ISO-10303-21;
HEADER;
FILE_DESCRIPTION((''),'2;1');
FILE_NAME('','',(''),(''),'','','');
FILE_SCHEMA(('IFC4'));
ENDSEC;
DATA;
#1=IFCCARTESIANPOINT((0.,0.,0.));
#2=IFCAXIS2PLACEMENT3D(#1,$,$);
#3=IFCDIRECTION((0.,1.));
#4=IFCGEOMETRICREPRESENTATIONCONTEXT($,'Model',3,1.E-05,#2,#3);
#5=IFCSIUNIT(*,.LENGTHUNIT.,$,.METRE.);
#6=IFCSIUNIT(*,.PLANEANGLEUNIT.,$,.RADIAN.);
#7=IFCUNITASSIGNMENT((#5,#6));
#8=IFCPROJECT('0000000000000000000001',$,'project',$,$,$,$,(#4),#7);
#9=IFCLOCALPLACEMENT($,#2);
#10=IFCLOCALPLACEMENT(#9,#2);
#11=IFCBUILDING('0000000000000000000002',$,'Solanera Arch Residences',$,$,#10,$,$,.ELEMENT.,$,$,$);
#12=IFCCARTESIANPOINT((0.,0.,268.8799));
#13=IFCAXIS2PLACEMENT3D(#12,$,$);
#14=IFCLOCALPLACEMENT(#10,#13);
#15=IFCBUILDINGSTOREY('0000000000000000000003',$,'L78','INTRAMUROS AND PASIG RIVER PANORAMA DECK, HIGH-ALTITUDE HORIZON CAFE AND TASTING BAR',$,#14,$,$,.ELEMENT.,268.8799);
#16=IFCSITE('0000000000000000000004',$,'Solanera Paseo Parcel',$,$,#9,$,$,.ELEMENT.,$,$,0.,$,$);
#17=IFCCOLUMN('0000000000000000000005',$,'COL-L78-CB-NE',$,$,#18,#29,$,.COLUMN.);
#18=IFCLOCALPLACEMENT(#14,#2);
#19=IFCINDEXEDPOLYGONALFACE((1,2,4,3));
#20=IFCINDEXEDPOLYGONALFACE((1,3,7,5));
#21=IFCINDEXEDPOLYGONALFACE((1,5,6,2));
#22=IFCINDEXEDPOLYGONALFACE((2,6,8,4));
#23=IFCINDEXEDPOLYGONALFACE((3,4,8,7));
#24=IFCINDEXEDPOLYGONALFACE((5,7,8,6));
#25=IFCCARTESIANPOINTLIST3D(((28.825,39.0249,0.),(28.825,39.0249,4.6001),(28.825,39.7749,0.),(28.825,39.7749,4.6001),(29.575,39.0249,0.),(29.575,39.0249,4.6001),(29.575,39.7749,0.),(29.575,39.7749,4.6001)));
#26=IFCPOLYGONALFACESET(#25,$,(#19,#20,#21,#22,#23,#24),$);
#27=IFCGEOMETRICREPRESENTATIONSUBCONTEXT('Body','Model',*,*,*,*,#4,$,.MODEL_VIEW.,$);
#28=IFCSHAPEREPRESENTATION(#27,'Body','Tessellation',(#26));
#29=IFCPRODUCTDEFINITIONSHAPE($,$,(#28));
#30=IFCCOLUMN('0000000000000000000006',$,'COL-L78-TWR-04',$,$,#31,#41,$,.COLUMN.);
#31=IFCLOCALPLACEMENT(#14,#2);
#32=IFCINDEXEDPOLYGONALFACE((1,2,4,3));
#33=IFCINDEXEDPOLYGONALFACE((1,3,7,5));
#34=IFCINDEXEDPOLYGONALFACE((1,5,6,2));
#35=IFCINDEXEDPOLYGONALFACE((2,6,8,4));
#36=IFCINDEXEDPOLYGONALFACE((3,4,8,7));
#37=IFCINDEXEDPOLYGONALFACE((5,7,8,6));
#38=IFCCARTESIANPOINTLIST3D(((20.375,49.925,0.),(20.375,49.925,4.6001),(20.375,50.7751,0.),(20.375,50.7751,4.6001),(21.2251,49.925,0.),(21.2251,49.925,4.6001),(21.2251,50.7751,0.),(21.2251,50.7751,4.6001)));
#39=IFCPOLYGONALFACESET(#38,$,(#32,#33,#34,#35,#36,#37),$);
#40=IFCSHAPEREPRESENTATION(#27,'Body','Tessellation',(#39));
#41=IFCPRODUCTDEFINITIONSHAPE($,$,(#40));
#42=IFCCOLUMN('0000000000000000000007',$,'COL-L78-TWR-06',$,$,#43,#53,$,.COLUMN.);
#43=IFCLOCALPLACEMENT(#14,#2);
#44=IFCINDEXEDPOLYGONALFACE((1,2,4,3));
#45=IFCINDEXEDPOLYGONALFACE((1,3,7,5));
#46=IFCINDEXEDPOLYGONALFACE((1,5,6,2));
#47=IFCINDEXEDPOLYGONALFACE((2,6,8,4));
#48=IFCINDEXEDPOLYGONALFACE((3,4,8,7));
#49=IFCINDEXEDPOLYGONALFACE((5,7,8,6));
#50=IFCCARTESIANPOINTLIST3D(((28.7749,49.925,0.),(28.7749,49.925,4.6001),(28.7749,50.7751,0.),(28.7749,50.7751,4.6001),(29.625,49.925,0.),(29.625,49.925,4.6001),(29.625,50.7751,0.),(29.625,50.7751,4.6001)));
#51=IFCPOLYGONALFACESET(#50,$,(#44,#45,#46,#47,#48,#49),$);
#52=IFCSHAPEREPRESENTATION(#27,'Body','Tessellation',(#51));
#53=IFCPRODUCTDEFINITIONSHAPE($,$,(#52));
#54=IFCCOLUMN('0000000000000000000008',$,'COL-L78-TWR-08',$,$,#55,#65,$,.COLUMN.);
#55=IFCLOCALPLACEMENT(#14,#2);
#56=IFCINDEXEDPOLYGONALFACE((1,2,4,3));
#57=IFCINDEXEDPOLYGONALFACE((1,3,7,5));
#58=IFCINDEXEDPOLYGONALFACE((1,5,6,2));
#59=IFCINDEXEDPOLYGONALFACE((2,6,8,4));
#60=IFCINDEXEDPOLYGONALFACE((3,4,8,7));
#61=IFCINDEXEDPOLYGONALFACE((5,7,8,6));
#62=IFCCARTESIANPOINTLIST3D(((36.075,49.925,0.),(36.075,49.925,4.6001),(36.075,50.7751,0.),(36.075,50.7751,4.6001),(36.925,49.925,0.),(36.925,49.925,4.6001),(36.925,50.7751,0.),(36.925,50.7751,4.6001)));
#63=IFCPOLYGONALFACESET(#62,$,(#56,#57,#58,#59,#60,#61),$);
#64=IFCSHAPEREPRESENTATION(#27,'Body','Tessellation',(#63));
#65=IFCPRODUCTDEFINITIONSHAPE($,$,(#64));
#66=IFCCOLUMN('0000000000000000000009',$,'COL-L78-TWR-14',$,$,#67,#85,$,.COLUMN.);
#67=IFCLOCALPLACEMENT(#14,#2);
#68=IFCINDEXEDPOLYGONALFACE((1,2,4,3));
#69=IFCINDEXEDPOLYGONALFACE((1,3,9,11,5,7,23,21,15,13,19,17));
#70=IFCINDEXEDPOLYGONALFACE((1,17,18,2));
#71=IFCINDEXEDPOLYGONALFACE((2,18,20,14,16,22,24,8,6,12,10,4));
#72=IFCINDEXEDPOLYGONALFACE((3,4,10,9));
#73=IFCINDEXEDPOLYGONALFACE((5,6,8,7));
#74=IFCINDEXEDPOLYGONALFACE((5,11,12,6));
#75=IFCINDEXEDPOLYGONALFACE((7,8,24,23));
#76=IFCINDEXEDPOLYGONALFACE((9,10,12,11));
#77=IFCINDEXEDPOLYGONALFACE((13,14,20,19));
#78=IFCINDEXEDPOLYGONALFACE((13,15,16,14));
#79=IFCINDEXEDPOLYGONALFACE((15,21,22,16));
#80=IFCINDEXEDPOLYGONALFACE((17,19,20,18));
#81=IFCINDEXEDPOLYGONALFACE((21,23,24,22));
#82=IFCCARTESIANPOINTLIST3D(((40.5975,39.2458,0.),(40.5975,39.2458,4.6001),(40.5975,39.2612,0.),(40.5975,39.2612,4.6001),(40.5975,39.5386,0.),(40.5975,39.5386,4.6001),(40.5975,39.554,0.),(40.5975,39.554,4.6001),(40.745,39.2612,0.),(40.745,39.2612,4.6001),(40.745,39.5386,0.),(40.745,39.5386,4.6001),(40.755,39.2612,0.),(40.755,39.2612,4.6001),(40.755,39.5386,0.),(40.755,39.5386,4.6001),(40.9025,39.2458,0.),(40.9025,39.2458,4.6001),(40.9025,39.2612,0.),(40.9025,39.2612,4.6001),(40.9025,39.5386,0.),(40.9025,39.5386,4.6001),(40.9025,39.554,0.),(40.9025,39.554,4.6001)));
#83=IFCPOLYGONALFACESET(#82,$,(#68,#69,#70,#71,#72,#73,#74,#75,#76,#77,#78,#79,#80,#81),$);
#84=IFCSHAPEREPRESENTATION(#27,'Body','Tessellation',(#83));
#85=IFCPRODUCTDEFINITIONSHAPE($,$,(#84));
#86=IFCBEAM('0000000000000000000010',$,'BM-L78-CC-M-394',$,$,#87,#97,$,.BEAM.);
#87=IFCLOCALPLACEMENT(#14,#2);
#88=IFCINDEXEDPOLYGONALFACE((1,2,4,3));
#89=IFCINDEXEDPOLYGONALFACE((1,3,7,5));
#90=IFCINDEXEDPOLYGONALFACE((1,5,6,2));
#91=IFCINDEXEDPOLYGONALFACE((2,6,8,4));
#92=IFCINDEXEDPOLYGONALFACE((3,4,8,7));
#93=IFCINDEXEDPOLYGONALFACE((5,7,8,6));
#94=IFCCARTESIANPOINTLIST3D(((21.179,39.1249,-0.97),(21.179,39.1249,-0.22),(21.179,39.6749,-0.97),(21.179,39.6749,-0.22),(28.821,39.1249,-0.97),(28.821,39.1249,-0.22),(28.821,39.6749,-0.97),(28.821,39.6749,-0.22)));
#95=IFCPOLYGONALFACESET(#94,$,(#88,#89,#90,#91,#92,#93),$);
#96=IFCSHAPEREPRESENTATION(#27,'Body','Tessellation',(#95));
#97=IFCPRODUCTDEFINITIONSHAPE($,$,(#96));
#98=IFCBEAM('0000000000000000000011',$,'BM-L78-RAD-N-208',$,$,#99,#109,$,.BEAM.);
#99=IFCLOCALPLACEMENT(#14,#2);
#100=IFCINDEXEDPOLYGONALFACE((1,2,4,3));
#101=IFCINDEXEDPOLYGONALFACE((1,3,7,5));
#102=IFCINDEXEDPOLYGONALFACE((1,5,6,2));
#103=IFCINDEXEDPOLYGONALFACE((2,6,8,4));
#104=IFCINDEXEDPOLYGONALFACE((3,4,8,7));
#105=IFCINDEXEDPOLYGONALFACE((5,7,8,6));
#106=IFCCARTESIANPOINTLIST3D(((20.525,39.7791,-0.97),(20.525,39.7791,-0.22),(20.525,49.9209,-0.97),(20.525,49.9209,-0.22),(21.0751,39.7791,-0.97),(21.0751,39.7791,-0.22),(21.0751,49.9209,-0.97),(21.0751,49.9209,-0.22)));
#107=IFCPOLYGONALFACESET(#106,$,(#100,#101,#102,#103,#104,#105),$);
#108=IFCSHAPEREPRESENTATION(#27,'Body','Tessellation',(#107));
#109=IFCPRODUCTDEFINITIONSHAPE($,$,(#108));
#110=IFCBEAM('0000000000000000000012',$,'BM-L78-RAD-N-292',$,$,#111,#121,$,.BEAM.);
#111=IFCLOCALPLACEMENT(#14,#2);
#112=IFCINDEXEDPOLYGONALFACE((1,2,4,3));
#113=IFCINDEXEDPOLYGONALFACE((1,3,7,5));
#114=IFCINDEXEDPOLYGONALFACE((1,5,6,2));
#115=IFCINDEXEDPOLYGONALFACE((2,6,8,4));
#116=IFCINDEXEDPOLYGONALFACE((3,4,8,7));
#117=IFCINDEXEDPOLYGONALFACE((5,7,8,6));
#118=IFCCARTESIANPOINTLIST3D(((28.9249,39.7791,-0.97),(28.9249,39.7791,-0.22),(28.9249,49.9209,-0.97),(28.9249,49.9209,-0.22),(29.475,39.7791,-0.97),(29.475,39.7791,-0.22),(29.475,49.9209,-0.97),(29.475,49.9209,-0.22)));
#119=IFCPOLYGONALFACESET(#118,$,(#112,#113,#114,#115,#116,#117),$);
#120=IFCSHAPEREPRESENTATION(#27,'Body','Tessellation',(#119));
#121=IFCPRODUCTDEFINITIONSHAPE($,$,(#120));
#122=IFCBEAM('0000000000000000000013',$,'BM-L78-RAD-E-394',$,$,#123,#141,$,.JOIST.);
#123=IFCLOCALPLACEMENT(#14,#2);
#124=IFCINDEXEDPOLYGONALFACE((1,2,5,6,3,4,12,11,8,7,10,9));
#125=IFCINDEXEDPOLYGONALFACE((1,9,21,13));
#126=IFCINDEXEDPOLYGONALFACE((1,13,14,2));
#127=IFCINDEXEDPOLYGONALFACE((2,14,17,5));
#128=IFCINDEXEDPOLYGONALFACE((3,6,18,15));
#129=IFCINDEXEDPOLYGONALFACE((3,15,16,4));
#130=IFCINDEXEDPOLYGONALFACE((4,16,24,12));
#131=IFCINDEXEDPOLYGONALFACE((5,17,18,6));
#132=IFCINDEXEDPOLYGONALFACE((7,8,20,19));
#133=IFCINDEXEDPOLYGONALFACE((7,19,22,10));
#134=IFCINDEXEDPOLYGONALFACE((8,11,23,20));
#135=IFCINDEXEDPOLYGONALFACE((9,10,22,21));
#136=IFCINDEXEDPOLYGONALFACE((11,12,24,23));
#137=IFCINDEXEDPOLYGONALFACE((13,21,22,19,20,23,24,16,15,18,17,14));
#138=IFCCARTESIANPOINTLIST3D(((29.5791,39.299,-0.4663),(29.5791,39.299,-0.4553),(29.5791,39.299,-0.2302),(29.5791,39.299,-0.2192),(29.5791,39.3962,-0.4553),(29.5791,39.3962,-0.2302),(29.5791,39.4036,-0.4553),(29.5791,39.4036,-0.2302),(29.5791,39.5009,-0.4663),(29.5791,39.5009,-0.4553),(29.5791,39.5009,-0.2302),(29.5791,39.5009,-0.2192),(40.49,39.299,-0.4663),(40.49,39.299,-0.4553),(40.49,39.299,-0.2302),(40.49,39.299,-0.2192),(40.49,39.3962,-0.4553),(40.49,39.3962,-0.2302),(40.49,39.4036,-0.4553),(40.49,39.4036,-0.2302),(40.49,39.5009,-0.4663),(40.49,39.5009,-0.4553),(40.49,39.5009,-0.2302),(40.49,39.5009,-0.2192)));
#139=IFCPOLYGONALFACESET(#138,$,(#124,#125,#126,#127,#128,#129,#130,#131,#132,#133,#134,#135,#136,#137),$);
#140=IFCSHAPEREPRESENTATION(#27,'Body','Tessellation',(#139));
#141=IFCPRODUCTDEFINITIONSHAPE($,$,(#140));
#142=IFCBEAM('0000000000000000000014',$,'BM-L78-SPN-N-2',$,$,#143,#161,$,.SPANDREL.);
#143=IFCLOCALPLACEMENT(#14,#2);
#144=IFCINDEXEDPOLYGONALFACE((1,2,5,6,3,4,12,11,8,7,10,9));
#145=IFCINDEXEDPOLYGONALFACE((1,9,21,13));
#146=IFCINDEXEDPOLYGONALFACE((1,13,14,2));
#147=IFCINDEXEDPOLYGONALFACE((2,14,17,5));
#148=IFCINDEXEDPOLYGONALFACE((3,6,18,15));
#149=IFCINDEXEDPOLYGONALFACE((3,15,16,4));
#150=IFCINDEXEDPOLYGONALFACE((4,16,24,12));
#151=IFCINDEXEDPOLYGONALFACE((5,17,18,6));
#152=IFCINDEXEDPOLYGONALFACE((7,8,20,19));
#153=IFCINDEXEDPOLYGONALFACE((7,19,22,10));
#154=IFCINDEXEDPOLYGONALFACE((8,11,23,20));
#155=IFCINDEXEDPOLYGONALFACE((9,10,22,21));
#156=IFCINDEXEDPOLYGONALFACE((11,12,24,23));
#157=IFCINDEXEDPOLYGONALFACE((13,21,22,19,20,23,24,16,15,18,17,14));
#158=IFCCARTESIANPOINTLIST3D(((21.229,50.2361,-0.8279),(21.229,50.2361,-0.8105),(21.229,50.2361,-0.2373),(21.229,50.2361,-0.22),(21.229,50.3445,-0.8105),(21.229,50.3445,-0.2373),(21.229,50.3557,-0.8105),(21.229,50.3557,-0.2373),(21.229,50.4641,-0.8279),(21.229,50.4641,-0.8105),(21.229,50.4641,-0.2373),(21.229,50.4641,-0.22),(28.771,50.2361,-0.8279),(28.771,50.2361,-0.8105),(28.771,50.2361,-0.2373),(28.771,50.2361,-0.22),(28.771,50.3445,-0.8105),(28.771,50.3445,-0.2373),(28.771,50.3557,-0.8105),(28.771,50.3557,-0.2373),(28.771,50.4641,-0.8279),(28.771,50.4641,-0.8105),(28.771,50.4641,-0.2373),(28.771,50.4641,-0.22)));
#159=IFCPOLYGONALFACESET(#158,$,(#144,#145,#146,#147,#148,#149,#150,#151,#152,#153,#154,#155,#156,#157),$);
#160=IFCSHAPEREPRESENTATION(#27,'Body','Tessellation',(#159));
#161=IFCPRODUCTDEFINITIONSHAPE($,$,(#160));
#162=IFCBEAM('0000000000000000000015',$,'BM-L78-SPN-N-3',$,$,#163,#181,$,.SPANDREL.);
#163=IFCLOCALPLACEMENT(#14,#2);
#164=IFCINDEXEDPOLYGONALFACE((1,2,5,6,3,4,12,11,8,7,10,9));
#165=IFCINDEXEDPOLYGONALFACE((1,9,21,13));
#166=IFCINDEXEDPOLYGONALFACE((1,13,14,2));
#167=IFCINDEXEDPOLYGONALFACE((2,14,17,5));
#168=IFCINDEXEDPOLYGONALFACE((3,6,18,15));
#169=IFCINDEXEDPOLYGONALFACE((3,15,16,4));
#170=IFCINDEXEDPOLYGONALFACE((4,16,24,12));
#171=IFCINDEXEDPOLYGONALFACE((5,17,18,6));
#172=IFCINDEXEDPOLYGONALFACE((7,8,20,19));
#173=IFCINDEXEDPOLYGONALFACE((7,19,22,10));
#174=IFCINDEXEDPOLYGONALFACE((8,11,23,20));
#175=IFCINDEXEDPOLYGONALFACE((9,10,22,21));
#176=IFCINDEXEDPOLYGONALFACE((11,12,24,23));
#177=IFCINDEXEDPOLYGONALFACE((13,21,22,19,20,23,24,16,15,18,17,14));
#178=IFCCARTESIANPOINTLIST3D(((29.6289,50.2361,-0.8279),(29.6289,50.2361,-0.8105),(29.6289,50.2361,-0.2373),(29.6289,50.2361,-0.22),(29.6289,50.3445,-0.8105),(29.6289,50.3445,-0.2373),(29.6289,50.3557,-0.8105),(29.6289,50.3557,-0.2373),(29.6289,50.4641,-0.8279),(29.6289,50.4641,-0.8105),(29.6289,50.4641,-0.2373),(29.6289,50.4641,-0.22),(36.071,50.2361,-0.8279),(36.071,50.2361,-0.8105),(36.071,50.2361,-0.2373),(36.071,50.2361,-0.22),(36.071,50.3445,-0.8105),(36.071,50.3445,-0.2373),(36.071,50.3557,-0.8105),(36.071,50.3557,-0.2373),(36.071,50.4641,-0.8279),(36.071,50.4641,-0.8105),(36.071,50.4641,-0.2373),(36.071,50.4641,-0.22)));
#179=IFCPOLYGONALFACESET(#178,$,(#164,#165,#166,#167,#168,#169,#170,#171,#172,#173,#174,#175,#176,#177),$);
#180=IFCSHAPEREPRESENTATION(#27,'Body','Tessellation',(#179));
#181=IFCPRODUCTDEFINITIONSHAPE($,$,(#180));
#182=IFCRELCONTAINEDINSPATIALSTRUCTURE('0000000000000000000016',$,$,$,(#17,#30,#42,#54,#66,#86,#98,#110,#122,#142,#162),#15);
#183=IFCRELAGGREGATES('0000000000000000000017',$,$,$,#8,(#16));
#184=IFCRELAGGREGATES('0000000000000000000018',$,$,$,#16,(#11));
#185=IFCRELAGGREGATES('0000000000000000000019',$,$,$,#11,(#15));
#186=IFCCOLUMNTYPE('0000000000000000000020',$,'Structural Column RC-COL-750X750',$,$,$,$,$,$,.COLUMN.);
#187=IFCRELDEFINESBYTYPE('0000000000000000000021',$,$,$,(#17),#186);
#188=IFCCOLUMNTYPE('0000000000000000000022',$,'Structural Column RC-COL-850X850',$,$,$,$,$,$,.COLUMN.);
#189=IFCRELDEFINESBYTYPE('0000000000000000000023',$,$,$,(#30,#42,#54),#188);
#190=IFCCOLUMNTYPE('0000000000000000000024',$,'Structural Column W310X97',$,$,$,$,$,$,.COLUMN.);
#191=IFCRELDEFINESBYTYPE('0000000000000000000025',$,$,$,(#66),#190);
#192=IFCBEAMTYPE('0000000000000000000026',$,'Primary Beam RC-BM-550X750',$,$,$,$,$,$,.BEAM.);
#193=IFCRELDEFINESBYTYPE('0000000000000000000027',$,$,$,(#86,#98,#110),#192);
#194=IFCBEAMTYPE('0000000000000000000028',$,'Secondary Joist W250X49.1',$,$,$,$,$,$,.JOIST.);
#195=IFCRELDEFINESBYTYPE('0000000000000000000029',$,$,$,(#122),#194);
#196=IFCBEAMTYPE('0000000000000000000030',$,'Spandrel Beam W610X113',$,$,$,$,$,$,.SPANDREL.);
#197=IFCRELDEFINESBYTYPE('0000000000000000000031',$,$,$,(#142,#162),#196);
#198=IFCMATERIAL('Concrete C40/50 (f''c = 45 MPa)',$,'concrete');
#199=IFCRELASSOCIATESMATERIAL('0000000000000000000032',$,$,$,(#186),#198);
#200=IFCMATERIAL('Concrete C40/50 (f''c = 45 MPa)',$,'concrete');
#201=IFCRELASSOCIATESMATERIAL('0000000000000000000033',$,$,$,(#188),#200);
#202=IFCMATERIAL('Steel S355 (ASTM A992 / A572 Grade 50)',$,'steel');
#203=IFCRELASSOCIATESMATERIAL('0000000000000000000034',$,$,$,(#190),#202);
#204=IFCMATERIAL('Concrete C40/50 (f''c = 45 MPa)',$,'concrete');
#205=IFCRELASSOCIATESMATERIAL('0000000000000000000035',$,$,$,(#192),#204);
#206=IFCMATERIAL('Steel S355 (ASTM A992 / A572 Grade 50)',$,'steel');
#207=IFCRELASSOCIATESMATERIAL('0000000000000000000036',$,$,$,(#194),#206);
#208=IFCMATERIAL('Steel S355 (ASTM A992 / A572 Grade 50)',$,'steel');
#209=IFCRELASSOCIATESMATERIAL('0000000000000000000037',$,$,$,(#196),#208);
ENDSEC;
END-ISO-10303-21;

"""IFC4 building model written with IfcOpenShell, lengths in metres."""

from ifc_helpers import new_model, si_unit, direction, frame, origin, origin_2d, place, context, subcontext, project, spatial, rectangle, i_section, extrude, material, material_profile, profile_set, type_object, element, save


model = new_model("IFC4")

# Units and contexts
model_context = context("Model", 3, precision=1e-05, world=origin(), true_north=direction((0.0, 1.0)))
body_context = subcontext(model_context, "Body", "Model", "MODEL_VIEW")
ifc_project = project(units=[si_unit("LENGTHUNIT", "METRE"), si_unit("PLANEANGLEUNIT", "RADIAN")], contexts=[model_context])

# Site, building, storey
site_placement = place(None, origin())
site = spatial("IfcSite", under=ifc_project, at=site_placement, Name="Solanera Paseo Parcel", CompositionType="ELEMENT", RefElevation=0.0)
building_placement = place(site_placement, origin())
building = spatial("IfcBuilding", under=site, at=building_placement, Name="Solanera Arch Residences", CompositionType="ELEMENT")
storey_placement = place(building_placement, frame((0.0, 0.0, 268.8799)))
storey = spatial("IfcBuildingStorey", under=building, at=storey_placement, Name="L78", Description="INTRAMUROS AND PASIG RIVER PANORAMA DECK, HIGH-ALTITUDE HORIZON CAFE AND TASTING BAR", CompositionType="ELEMENT", Elevation=268.8799)

# Columns
ifc_material_1 = material(Name="Concrete C40/50 (f'c = 45 MPa)", Category="concrete")
ifc_material_profile_1 = material_profile(ifc_material_1, rectangle(XDim=0.75, YDim=0.75, at=origin_2d()))
ifc_profile_set_1 = profile_set([ifc_material_profile_1], Name="Concrete C40/50 (f'c = 45 MPa)")
column_type_1 = type_object("IfcColumnType", Name="Structural Column RC-COL-750X750", PredefinedType="COLUMN", material=ifc_profile_set_1)
column_1_placement = place(storey_placement, frame((29.2, 39.3999, 0.0), z_axis=(0.0, 0.0, 1.0), x_axis=(1.0, 0.0, 0.0)))
element("IfcColumn", 1, at=column_1_placement, inside=storey, type_object=column_type_1, Name="COL-L78-CB-NE", PredefinedType="COLUMN", context=body_context, shape_type="SweptSolid", body=[
    extrude(rectangle(XDim=0.75, YDim=0.75, at=origin_2d()), origin(), (0.0, 0.0, 1.0), 4.6001),
])
ifc_material_2 = material(Name="Concrete C40/50 (f'c = 45 MPa)", Category="concrete")
ifc_material_profile_2 = material_profile(ifc_material_2, rectangle(XDim=0.8501, YDim=0.8501, at=origin_2d()))
ifc_profile_set_2 = profile_set([ifc_material_profile_2], Name="Concrete C40/50 (f'c = 45 MPa)")
column_type_2 = type_object("IfcColumnType", Name="Structural Column RC-COL-850X850", PredefinedType="COLUMN", material=ifc_profile_set_2)
for number, where, z_axis, x_axis, name in (
    (2, (20.8, 50.3501, 0.0), (0.0, 0.0, 1.0), (1.0, 0.0, 0.0), "COL-L78-TWR-04"),
    (3, (29.2, 50.3501, 0.0), (0.0, 0.0, 1.0), (1.0, 0.0, 0.0), "COL-L78-TWR-06"),
    (4, (36.5, 50.3501, 0.0), (0.0, 0.0, 1.0), (1.0, 0.0, 0.0), "COL-L78-TWR-08"),
):
    element("IfcColumn", number, at=place(storey_placement, frame(where, z_axis=z_axis, x_axis=x_axis)), inside=storey, type_object=column_type_2, Name=name, PredefinedType="COLUMN", context=body_context, shape_type="SweptSolid", body=[
        extrude(rectangle(XDim=0.8501, YDim=0.8501, at=origin_2d()), origin(), (0.0, 0.0, 1.0), 4.6001),
    ])
ifc_material_3 = material(Name="Steel S355 (ASTM A992 / A572 Grade 50)", Category="steel")
ifc_material_profile_3 = material_profile(ifc_material_3, i_section(OverallWidth=0.3049, OverallDepth=0.3081, WebThickness=0.01, FlangeThickness=0.0154, at=origin_2d()))
ifc_profile_set_3 = profile_set([ifc_material_profile_3], Name="Steel S355 (ASTM A992 / A572 Grade 50)")
column_type_3 = type_object("IfcColumnType", Name="Structural Column W310X97", PredefinedType="COLUMN", material=ifc_profile_set_3)
column_2_placement = place(storey_placement, frame((40.75, 39.3999, 0.0), z_axis=(0.0, 0.0, 1.0), x_axis=(1.0, 0.0, 0.0)))
element("IfcColumn", 5, at=column_2_placement, inside=storey, type_object=column_type_3, Name="COL-L78-TWR-14", PredefinedType="COLUMN", context=body_context, shape_type="SweptSolid", body=[
    extrude(i_section(OverallWidth=0.3049, OverallDepth=0.3081, WebThickness=0.01, FlangeThickness=0.0154, at=origin_2d()), origin(), (0.0, 0.0, 1.0), 4.6001),
])

# Beams
ifc_material_4 = material(Name="Concrete C40/50 (f'c = 45 MPa)", Category="concrete")
ifc_material_profile_4 = material_profile(ifc_material_4, rectangle(XDim=0.55, YDim=0.75, at=origin_2d()))
ifc_profile_set_4 = profile_set([ifc_material_profile_4], Name="Concrete C40/50 (f'c = 45 MPa)")
beam_type_1 = type_object("IfcBeamType", Name="Primary Beam RC-BM-550X750", PredefinedType="BEAM", material=ifc_profile_set_4)
beam_1_placement = place(storey_placement, frame((21.179, 39.3999, -0.595), z_axis=(1.0, 0.0, 0.0), x_axis=(0.0, 1.0, 0.0)))
element("IfcBeam", 6, at=beam_1_placement, inside=storey, type_object=beam_type_1, Name="BM-L78-CC-M-394", PredefinedType="BEAM", context=body_context, shape_type="SweptSolid", body=[
    extrude(rectangle(XDim=0.55, YDim=0.75, at=origin_2d()), origin(), (0.0, 0.0, 1.0), 7.6421),
])
for number, where, z_axis, x_axis, name in (
    (7, (20.8, 39.7791, -0.595), (0.0, 1.0, 0.0), (-1.0, 0.0, 0.0), "BM-L78-RAD-N-208"),
    (8, (29.2, 39.7791, -0.595), (0.0, 1.0, 0.0), (-1.0, 0.0, 0.0), "BM-L78-RAD-N-292"),
):
    element("IfcBeam", number, at=place(storey_placement, frame(where, z_axis=z_axis, x_axis=x_axis)), inside=storey, type_object=beam_type_1, Name=name, PredefinedType="BEAM", context=body_context, shape_type="SweptSolid", body=[
        extrude(rectangle(XDim=0.55, YDim=0.75, at=origin_2d()), origin(), (0.0, 0.0, 1.0), 10.1418),
    ])
ifc_material_5 = material(Name="Steel S355 (ASTM A992 / A572 Grade 50)", Category="steel")
ifc_material_profile_5 = material_profile(ifc_material_5, i_section(OverallWidth=0.2019, OverallDepth=0.2471, WebThickness=0.0073, FlangeThickness=0.011, at=origin_2d()))
ifc_profile_set_5 = profile_set([ifc_material_profile_5], Name="Steel S355 (ASTM A992 / A572 Grade 50)")
beam_type_2 = type_object("IfcBeamType", Name="Secondary Joist W250X49.1", PredefinedType="JOIST", material=ifc_profile_set_5)
beam_2_placement = place(storey_placement, frame((29.5791, 39.3999, -0.3428), z_axis=(1.0, 0.0, 0.0), x_axis=(0.0, 1.0, 0.0)))
element("IfcBeam", 9, at=beam_2_placement, inside=storey, type_object=beam_type_2, Name="BM-L78-RAD-E-394", PredefinedType="JOIST", context=body_context, shape_type="SweptSolid", body=[
    extrude(i_section(OverallWidth=0.2019, OverallDepth=0.2471, WebThickness=0.0073, FlangeThickness=0.011, at=origin_2d()), origin(), (0.0, 0.0, 1.0), 10.9109),
])
ifc_material_6 = material(Name="Steel S355 (ASTM A992 / A572 Grade 50)", Category="steel")
ifc_material_profile_6 = material_profile(ifc_material_6, i_section(OverallWidth=0.228, OverallDepth=0.6079, WebThickness=0.0112, FlangeThickness=0.0173, at=origin_2d()))
ifc_profile_set_6 = profile_set([ifc_material_profile_6], Name="Steel S355 (ASTM A992 / A572 Grade 50)")
beam_type_3 = type_object("IfcBeamType", Name="Spandrel Beam W610X113", PredefinedType="SPANDREL", material=ifc_profile_set_6)
beam_3_placement = place(storey_placement, frame((21.229, 50.3501, -0.5239), z_axis=(1.0, 0.0, 0.0), x_axis=(0.0, 1.0, 0.0)))
element("IfcBeam", 10, at=beam_3_placement, inside=storey, type_object=beam_type_3, Name="BM-L78-SPN-N-2", PredefinedType="SPANDREL", context=body_context, shape_type="SweptSolid", body=[
    extrude(i_section(OverallWidth=0.228, OverallDepth=0.6079, WebThickness=0.0112, FlangeThickness=0.0173, at=origin_2d()), origin(), (0.0, 0.0, 1.0), 7.542),
])
beam_4_placement = place(storey_placement, frame((29.6289, 50.3501, -0.5239), z_axis=(1.0, 0.0, 0.0), x_axis=(0.0, 1.0, 0.0)))
element("IfcBeam", 11, at=beam_4_placement, inside=storey, type_object=beam_type_3, Name="BM-L78-SPN-N-3", PredefinedType="SPANDREL", context=body_context, shape_type="SweptSolid", body=[
    extrude(i_section(OverallWidth=0.228, OverallDepth=0.6079, WebThickness=0.0112, FlangeThickness=0.0173, at=origin_2d()), origin(), (0.0, 0.0, 1.0), 6.4421),
])

save(model, "model.ifc")
